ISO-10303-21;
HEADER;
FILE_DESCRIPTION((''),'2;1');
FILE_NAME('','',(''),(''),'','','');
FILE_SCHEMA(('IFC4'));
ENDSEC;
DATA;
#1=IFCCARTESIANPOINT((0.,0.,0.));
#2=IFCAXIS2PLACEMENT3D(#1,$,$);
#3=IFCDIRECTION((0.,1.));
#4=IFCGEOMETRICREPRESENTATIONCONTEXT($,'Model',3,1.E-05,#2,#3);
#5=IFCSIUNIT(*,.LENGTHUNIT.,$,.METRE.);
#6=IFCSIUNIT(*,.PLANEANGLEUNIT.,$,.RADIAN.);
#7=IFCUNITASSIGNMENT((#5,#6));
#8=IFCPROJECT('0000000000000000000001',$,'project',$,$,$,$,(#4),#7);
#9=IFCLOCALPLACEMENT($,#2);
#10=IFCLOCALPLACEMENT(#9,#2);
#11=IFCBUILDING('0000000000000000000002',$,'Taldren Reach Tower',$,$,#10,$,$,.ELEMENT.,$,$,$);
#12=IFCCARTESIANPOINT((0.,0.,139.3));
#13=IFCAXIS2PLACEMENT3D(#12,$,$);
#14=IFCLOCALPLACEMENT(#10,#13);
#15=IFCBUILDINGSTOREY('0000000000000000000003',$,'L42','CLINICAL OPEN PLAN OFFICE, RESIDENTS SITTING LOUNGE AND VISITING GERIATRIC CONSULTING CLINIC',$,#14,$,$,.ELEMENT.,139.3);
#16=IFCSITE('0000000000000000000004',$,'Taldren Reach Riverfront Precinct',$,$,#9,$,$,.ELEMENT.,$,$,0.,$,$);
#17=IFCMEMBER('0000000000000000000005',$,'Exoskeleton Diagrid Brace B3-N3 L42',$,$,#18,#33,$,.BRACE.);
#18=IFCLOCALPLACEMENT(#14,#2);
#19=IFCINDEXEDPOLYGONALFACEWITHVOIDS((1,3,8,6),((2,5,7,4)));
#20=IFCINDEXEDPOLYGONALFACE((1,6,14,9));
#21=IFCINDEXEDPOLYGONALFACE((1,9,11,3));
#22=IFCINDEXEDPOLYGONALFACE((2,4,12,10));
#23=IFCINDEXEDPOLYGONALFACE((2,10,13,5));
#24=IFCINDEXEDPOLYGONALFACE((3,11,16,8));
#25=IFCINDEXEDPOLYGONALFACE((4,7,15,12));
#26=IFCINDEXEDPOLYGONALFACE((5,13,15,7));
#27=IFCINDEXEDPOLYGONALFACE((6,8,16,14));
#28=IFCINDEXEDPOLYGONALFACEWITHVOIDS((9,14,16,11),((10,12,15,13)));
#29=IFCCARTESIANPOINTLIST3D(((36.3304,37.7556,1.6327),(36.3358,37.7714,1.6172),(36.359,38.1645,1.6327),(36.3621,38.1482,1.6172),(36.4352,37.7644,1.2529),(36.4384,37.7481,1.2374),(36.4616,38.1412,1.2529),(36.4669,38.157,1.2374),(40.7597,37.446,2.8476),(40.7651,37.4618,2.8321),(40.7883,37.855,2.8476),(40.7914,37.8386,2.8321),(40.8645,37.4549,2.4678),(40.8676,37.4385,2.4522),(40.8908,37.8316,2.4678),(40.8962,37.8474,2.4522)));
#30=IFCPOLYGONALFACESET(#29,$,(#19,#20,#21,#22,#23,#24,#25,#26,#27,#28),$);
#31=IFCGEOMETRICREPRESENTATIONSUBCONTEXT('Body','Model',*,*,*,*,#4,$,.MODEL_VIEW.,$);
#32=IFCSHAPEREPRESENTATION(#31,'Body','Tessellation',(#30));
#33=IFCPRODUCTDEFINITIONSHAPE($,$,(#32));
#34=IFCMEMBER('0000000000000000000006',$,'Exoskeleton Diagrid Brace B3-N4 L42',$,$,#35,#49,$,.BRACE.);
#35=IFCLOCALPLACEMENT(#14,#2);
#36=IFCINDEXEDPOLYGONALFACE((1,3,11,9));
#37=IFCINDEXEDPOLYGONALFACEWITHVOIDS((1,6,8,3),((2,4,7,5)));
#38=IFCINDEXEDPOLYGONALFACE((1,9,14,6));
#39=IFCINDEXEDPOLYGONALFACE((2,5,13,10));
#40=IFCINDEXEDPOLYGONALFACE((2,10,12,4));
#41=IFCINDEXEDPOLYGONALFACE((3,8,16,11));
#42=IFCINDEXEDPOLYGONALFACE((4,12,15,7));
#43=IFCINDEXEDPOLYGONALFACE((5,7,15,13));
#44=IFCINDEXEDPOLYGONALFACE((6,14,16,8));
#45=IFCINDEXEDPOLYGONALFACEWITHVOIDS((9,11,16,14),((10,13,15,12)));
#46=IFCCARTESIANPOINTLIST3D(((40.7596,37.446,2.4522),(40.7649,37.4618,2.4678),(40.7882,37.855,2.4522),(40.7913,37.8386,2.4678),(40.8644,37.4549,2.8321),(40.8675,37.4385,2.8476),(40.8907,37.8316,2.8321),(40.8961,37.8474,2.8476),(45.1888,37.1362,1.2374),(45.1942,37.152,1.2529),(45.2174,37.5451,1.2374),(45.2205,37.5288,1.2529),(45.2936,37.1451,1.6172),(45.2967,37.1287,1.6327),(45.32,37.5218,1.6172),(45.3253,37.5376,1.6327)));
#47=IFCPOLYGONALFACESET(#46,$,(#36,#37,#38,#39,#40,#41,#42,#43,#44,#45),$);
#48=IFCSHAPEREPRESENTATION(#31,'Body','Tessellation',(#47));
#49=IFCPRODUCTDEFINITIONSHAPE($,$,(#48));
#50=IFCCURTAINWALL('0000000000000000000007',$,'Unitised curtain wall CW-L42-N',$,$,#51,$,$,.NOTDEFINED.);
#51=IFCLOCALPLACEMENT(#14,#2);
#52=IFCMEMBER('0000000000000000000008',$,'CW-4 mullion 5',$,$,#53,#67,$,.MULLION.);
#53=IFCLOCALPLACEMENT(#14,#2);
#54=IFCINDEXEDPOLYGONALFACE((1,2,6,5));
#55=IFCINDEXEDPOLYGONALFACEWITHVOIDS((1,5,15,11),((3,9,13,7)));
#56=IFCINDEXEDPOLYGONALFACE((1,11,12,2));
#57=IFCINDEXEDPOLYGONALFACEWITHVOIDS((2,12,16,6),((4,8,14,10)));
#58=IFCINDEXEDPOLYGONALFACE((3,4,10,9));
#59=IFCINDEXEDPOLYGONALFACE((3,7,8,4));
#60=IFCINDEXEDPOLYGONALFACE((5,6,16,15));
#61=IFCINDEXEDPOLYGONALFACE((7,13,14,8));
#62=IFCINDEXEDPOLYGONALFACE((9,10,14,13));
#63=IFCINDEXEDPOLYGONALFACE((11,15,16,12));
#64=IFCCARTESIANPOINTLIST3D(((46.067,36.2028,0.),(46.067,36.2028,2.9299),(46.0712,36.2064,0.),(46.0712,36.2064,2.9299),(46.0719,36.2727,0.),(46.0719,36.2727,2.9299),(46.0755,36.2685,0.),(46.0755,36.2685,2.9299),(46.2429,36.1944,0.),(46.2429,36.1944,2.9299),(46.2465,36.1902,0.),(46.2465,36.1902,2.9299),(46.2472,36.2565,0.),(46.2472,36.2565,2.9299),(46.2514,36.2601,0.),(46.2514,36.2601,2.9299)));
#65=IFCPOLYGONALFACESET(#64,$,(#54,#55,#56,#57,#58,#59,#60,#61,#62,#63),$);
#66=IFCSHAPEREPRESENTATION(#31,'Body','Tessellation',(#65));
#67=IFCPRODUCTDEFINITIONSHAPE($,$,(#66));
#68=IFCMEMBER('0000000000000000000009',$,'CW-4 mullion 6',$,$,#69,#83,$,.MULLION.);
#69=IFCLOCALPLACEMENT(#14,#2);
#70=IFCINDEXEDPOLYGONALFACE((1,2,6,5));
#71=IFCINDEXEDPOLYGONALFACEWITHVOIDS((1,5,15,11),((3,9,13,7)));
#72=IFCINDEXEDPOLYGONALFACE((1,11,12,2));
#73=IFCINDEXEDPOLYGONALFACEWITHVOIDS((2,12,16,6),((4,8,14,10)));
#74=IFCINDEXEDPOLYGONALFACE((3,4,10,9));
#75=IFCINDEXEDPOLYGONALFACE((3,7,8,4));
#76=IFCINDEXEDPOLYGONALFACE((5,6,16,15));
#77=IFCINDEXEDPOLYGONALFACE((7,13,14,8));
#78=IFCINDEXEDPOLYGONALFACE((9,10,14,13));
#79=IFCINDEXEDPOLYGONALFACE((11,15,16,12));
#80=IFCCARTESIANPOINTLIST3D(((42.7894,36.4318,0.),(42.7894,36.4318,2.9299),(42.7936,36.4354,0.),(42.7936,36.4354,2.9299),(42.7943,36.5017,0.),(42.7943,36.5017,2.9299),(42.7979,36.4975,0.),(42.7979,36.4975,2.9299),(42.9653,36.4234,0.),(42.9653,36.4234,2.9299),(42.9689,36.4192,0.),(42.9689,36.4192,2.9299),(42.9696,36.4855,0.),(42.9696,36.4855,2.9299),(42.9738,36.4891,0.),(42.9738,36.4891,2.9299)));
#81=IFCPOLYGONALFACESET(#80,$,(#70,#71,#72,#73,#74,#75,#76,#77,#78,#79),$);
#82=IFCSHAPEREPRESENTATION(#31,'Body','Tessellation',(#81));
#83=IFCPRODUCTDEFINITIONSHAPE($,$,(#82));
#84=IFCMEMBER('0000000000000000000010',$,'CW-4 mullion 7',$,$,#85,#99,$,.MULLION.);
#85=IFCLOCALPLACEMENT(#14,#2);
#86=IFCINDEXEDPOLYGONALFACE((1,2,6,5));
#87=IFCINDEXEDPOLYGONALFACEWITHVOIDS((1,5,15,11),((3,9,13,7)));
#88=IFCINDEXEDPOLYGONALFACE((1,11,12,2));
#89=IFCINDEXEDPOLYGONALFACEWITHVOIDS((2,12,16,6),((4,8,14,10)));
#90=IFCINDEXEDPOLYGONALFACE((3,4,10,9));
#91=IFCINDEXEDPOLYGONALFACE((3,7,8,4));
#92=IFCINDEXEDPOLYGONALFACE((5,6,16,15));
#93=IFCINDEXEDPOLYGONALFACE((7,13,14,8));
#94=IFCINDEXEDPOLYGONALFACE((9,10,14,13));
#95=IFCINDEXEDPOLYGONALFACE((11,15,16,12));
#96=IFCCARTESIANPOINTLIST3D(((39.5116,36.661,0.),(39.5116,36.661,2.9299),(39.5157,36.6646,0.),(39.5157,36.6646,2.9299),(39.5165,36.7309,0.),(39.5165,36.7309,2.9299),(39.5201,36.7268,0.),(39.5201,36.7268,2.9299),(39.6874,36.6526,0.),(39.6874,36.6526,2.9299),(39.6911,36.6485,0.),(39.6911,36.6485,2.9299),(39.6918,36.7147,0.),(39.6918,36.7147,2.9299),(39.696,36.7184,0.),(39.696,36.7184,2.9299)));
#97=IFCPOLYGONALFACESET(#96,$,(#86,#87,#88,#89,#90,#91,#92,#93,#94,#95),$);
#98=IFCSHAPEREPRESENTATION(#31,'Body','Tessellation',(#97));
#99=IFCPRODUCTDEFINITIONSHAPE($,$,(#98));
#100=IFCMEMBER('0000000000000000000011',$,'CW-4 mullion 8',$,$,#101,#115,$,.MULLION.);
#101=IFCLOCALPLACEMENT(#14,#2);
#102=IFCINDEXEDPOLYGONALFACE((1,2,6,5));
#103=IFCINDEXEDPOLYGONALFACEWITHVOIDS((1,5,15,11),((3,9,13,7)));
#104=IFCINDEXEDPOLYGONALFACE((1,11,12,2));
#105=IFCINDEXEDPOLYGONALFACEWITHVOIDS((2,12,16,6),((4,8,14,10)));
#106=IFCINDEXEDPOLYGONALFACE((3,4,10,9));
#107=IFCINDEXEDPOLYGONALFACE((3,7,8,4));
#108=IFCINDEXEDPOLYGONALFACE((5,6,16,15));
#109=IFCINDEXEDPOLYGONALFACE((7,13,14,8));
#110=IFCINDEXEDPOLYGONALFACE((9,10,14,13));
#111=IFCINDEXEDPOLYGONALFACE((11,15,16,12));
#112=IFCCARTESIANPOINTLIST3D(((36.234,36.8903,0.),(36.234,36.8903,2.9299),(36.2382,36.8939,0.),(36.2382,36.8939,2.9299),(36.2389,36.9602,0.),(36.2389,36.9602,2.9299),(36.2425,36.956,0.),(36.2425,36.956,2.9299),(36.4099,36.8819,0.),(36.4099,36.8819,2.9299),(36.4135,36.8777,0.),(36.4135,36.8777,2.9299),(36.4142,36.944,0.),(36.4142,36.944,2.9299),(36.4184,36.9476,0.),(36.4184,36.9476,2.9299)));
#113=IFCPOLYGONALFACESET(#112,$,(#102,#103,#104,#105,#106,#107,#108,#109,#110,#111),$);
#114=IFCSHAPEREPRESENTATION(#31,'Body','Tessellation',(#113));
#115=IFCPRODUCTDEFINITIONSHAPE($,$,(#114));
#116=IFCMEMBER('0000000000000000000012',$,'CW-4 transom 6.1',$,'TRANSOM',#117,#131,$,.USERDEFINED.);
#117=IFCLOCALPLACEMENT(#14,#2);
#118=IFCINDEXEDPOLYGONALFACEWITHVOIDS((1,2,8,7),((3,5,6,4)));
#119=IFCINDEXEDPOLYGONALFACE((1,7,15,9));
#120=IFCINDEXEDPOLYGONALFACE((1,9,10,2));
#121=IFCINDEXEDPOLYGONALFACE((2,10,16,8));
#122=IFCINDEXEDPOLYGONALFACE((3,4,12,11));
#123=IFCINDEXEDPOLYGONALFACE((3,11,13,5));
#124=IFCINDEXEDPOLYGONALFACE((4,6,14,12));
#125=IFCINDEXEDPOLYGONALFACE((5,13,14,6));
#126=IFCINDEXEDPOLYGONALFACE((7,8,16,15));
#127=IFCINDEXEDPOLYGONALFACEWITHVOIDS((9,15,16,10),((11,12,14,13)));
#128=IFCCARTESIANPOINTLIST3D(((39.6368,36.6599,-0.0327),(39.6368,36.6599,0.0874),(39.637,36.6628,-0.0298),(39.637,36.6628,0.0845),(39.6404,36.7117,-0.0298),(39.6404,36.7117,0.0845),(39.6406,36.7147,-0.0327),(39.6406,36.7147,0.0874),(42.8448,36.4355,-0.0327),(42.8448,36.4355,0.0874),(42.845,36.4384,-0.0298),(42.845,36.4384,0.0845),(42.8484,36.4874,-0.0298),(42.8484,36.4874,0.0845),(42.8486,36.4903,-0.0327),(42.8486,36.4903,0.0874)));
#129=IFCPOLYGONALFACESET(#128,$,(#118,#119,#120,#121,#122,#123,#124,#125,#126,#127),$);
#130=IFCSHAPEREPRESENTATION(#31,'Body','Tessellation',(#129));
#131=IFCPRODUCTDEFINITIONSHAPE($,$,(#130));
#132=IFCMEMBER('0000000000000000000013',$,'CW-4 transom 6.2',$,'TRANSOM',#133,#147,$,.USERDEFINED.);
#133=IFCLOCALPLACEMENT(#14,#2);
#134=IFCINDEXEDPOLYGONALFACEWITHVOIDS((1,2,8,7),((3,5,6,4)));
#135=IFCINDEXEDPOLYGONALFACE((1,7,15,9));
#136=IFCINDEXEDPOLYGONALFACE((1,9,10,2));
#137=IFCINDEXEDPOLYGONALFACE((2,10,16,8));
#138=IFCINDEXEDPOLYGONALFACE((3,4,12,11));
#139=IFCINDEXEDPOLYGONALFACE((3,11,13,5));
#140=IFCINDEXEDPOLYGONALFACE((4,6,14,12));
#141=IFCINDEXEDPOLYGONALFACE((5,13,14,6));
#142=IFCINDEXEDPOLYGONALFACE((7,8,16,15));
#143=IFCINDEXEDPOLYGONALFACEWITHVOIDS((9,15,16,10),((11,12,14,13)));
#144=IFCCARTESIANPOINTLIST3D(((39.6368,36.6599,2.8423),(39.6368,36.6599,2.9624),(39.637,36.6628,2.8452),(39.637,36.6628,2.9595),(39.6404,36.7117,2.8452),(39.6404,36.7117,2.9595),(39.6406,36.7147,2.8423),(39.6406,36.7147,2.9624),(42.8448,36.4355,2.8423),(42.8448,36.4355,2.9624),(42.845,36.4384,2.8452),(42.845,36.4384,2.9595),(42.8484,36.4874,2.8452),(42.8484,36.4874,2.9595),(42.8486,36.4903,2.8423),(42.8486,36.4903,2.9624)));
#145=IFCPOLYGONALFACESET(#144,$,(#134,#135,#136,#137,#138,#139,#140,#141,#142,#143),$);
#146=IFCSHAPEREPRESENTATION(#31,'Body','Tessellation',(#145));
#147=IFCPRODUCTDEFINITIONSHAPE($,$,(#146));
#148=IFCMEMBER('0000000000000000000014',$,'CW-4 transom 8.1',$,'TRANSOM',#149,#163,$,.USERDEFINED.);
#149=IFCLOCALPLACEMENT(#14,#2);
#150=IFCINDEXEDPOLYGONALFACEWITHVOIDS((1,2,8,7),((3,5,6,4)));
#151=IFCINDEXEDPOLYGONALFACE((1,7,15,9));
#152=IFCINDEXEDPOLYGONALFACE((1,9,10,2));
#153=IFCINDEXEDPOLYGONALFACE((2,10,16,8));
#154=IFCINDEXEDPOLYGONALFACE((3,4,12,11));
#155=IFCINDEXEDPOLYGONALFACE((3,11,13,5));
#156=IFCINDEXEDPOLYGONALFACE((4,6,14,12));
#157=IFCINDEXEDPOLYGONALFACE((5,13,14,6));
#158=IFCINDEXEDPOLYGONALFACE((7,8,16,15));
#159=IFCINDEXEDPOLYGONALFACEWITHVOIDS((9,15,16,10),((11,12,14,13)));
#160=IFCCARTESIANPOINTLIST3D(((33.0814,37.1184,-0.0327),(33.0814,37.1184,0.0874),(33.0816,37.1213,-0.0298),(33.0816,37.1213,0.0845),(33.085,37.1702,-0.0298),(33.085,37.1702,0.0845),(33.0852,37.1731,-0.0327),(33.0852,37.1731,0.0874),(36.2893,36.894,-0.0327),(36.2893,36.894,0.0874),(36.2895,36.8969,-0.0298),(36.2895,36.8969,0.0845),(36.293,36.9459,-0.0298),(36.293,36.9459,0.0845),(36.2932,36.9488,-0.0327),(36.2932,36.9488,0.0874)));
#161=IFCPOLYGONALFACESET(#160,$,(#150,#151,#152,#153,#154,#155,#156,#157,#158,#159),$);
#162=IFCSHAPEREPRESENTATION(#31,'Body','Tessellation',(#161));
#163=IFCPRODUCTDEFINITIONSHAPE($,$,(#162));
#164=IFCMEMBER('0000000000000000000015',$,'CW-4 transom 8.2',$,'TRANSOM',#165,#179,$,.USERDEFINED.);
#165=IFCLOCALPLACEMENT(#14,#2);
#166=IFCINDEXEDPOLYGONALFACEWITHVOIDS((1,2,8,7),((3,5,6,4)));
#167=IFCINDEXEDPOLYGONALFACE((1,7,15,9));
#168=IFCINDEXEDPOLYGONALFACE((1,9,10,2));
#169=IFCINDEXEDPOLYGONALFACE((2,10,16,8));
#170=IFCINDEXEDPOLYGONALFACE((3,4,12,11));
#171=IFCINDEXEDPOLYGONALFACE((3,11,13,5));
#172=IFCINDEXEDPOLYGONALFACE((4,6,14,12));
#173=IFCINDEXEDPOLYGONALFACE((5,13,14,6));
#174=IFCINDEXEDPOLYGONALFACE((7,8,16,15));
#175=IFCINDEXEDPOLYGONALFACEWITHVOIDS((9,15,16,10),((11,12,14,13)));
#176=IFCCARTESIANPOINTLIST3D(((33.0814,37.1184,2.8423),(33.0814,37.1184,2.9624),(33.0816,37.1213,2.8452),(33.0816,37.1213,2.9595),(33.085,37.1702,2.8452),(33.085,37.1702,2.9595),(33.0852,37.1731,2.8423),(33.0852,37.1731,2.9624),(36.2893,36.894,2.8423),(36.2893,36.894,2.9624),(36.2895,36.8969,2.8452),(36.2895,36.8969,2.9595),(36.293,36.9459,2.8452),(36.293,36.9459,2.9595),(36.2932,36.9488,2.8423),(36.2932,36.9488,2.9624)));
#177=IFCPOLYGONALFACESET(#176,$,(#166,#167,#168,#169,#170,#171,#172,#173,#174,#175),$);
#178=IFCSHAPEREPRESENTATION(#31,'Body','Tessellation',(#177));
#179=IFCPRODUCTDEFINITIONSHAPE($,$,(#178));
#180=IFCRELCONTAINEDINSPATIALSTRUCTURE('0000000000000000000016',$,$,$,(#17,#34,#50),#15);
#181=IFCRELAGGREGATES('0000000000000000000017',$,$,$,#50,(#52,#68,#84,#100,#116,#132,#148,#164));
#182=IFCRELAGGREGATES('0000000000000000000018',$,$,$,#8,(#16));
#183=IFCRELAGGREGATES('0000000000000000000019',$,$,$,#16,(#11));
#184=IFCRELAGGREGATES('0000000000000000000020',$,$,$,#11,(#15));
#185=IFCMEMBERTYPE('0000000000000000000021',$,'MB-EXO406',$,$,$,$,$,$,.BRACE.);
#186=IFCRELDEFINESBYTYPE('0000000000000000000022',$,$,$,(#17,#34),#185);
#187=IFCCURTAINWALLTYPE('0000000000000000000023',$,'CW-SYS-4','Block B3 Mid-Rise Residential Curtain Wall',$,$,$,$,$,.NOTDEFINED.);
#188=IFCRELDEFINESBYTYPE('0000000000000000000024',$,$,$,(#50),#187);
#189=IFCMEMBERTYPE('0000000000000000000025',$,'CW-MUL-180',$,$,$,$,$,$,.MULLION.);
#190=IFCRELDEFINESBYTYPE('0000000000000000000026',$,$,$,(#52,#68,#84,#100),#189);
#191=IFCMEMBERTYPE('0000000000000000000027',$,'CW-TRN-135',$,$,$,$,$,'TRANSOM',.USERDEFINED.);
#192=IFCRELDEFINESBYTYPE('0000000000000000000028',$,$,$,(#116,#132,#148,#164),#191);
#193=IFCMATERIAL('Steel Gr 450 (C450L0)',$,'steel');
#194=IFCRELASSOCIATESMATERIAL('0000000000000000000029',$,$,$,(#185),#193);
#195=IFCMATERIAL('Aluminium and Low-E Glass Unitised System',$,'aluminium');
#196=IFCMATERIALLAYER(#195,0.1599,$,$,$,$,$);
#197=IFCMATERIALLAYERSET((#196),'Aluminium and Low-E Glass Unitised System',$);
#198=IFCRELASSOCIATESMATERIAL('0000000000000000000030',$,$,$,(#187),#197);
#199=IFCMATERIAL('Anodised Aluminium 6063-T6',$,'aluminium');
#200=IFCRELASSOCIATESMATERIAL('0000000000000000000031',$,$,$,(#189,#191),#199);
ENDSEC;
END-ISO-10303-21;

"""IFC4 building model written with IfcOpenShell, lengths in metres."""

from ifc_helpers import new_model, si_unit, direction, frame, origin, origin_2d, place, context, subcontext, project, spatial, hollow_rectangle, extrude, source, transform, mapped, material, layer, layer_set, material_profile, profile_set, type_object, element, aggregate, save


model = new_model("IFC4")

# Units and contexts
model_context = context("Model", 3, precision=1e-05, world=origin(), true_north=direction((0.0, 1.0)))
body_context = subcontext(model_context, "Body", "Model", "MODEL_VIEW")
ifc_project = project(units=[si_unit("LENGTHUNIT", "METRE"), si_unit("PLANEANGLEUNIT", "RADIAN")], contexts=[model_context])

# Site, building, storey
site_placement = place(None, origin())
site = spatial("IfcSite", under=ifc_project, at=site_placement, Name="Taldren Reach Riverfront Precinct", CompositionType="ELEMENT", RefElevation=0.0)
building_placement = place(site_placement, origin())
building = spatial("IfcBuilding", under=site, at=building_placement, Name="Taldren Reach Tower", CompositionType="ELEMENT")
storey_placement = place(building_placement, frame((0.0, 0.0, 139.3)))
storey = spatial("IfcBuildingStorey", under=building, at=storey_placement, Name="L42", Description="CLINICAL OPEN PLAN OFFICE, RESIDENTS SITTING LOUNGE AND VISITING GERIATRIC CONSULTING CLINIC", CompositionType="ELEMENT", Elevation=139.3)

# Shared definitions
ifc_material_1 = material(Name="Steel Gr 450 (C450L0)", Category="steel")

# Members
ifc_material_profile_1 = material_profile(ifc_material_1, hollow_rectangle(XDim=0.4099, YDim=0.4099, WallThickness=0.0161, at=origin_2d()), Name="410x410x16.0SHS")
ifc_profile_set_1 = profile_set([ifc_material_profile_1], Name="Steel Gr 450 (C450L0)")
member_type_1 = type_object("IfcMemberType", Name="MB-EXO406", PredefinedType="BRACE", material=ifc_profile_set_1)
shared_shape_1 = source(origin(), body_context, "Body", "SweptSolid", [
    extrude(hollow_rectangle(XDim=0.4099, YDim=0.4099, WallThickness=0.0161, at=origin_2d()), origin(), (0.0, 0.0, 1.0), 4.6033),
])
for number, where, z_axis, x_axis, name in (
    (1, (36.3987, 37.9563, 1.4351), (0.962199, -0.067251, 0.263913), (0.069723, 0.997566, 0.0), "Exoskeleton Diagrid Brace B3-N3 L42"),
    (2, (45.2571, 37.3369, 1.4351), (-0.962196, 0.067304, 0.263912), (-0.069778, -0.997563, 0.0), "Exoskeleton Diagrid Brace B3-N4 L42"),
):
    element("IfcMember", number, at=place(storey_placement, frame(where, z_axis=z_axis, x_axis=x_axis)), inside=storey, type_object=member_type_1, Name=name, PredefinedType="BRACE", context=body_context, shape_type="MappedRepresentation", body=[
        mapped(shared_shape_1, transform((0.0, 0.0, 0.0), scale=1.0)),
    ])

# Curtain wall, members
ifc_material_2 = material(Name="Aluminium and Low-E Glass Unitised System", Category="aluminium")
ifc_layer_1 = layer(ifc_material_2, 0.1599)
ifc_layer_set_1 = layer_set([ifc_layer_1], Name="Aluminium and Low-E Glass Unitised System")
curtain_wall_type = type_object("IfcCurtainWallType", Name="CW-SYS-4", Description="Block B3 Mid-Rise Residential Curtain Wall", PredefinedType="NOTDEFINED", material=ifc_layer_set_1)
curtain_wall_placement = place(storey_placement, origin())
curtain_wall = element("IfcCurtainWall", 3, at=curtain_wall_placement, inside=storey, type_object=curtain_wall_type, Name="Unitised curtain wall CW-L42-N", PredefinedType="NOTDEFINED")
ifc_material_3 = material(Name="Anodised Aluminium 6063-T6", Category="aluminium")
ifc_material_profile_2 = material_profile(ifc_material_3, hollow_rectangle(XDim=0.0701, YDim=0.1799, WallThickness=0.0039, at=origin_2d()), Name="ALU-180x70x4RHS")
ifc_profile_set_2 = profile_set([ifc_material_profile_2], Name="Anodised Aluminium 6063-T6")
member_type_2 = type_object("IfcMemberType", Name="CW-MUL-180", PredefinedType="MULLION", material=ifc_profile_set_2)
shared_shape_2 = source(origin(), body_context, "Body", "SweptSolid", [
    extrude(hollow_rectangle(XDim=0.0701, YDim=0.1799, WallThickness=0.0039, at=origin_2d()), origin(), (0.0, 0.0, 1.0), 2.9299),
])
member_1_placement = place(storey_placement, frame((46.1592, 36.2314, 0.0), z_axis=(0.0, 0.0, 1.0), x_axis=(-0.069757, -0.997564, 0.0)))
member_1 = element("IfcMember", 4, at=member_1_placement, type_object=member_type_2, Name="CW-4 mullion 5", PredefinedType="MULLION", context=body_context, shape_type="MappedRepresentation", body=[
    mapped(shared_shape_2, transform((0.0, 0.0, 0.0), scale=1.0)),
])
member_2_placement = place(storey_placement, frame((42.8816, 36.4604, 0.0), z_axis=(0.0, 0.0, 1.0), x_axis=(-0.069757, -0.997564, 0.0)))
member_2 = element("IfcMember", 5, at=member_2_placement, type_object=member_type_2, Name="CW-4 mullion 6", PredefinedType="MULLION", context=body_context, shape_type="MappedRepresentation", body=[
    mapped(shared_shape_2, transform((0.0, 0.0, 0.0), scale=1.0)),
])
member_3_placement = place(storey_placement, frame((39.6038, 36.6897, 0.0), z_axis=(0.0, 0.0, 1.0), x_axis=(-0.069757, -0.997564, 0.0)))
member_3 = element("IfcMember", 6, at=member_3_placement, type_object=member_type_2, Name="CW-4 mullion 7", PredefinedType="MULLION", context=body_context, shape_type="MappedRepresentation", body=[
    mapped(shared_shape_2, transform((0.0, 0.0, 0.0), scale=1.0)),
])
member_4_placement = place(storey_placement, frame((36.3262, 36.9189, 0.0), z_axis=(0.0, 0.0, 1.0), x_axis=(-0.069757, -0.997564, 0.0)))
member_4 = element("IfcMember", 7, at=member_4_placement, type_object=member_type_2, Name="CW-4 mullion 8", PredefinedType="MULLION", context=body_context, shape_type="MappedRepresentation", body=[
    mapped(shared_shape_2, transform((0.0, 0.0, 0.0), scale=1.0)),
])
ifc_material_profile_3 = material_profile(ifc_material_3, hollow_rectangle(XDim=0.0549, YDim=0.1201, WallThickness=0.0029, at=origin_2d()), Name="ALU-120x55x3RHS")
ifc_profile_set_3 = profile_set([ifc_material_profile_3], Name="Anodised Aluminium 6063-T6")
member_type_3 = type_object("IfcMemberType", Name="CW-TRN-135", ElementType="TRANSOM", PredefinedType="USERDEFINED", material=ifc_profile_set_3)
shared_shape_3 = source(origin(), body_context, "Body", "SweptSolid", [
    extrude(hollow_rectangle(XDim=0.0549, YDim=0.1201, WallThickness=0.0029, at=origin_2d()), origin(), (0.0, 0.0, 1.0), 3.2158),
])
member_5_placement = place(storey_placement, frame((42.8467, 36.4629, 0.0273), z_axis=(-0.997563, 0.069769, 0.0), x_axis=(-0.069769, -0.997563, 0.0)))
member_5 = element("IfcMember", 8, at=member_5_placement, type_object=member_type_3, Name="CW-4 transom 6.1", ObjectType="TRANSOM", PredefinedType="USERDEFINED", context=body_context, shape_type="MappedRepresentation", body=[
    mapped(shared_shape_3, transform((0.0, 0.0, 0.0), scale=1.0)),
])
member_6_placement = place(storey_placement, frame((42.8467, 36.4629, 2.9023), z_axis=(-0.997563, 0.069769, 0.0), x_axis=(-0.069769, -0.997563, 0.0)))
member_6 = element("IfcMember", 9, at=member_6_placement, type_object=member_type_3, Name="CW-4 transom 6.2", ObjectType="TRANSOM", PredefinedType="USERDEFINED", context=body_context, shape_type="MappedRepresentation", body=[
    mapped(shared_shape_3, transform((0.0, 0.0, 0.0), scale=1.0)),
])
member_7_placement = place(storey_placement, frame((36.2913, 36.9214, 0.0273), z_axis=(-0.997563, 0.069769, 0.0), x_axis=(-0.069769, -0.997563, 0.0)))
member_7 = element("IfcMember", 10, at=member_7_placement, type_object=member_type_3, Name="CW-4 transom 8.1", ObjectType="TRANSOM", PredefinedType="USERDEFINED", context=body_context, shape_type="MappedRepresentation", body=[
    mapped(shared_shape_3, transform((0.0, 0.0, 0.0), scale=1.0)),
])
member_8_placement = place(storey_placement, frame((36.2913, 36.9214, 2.9023), z_axis=(-0.997563, 0.069769, 0.0), x_axis=(-0.069769, -0.997563, 0.0)))
member_8 = element("IfcMember", 11, at=member_8_placement, type_object=member_type_3, Name="CW-4 transom 8.2", ObjectType="TRANSOM", PredefinedType="USERDEFINED", context=body_context, shape_type="MappedRepresentation", body=[
    mapped(shared_shape_3, transform((0.0, 0.0, 0.0), scale=1.0)),
])

aggregate(curtain_wall, [member_1, member_2, member_3, member_4, member_5, member_6, member_7, member_8])

save(model, "model.ifc")
